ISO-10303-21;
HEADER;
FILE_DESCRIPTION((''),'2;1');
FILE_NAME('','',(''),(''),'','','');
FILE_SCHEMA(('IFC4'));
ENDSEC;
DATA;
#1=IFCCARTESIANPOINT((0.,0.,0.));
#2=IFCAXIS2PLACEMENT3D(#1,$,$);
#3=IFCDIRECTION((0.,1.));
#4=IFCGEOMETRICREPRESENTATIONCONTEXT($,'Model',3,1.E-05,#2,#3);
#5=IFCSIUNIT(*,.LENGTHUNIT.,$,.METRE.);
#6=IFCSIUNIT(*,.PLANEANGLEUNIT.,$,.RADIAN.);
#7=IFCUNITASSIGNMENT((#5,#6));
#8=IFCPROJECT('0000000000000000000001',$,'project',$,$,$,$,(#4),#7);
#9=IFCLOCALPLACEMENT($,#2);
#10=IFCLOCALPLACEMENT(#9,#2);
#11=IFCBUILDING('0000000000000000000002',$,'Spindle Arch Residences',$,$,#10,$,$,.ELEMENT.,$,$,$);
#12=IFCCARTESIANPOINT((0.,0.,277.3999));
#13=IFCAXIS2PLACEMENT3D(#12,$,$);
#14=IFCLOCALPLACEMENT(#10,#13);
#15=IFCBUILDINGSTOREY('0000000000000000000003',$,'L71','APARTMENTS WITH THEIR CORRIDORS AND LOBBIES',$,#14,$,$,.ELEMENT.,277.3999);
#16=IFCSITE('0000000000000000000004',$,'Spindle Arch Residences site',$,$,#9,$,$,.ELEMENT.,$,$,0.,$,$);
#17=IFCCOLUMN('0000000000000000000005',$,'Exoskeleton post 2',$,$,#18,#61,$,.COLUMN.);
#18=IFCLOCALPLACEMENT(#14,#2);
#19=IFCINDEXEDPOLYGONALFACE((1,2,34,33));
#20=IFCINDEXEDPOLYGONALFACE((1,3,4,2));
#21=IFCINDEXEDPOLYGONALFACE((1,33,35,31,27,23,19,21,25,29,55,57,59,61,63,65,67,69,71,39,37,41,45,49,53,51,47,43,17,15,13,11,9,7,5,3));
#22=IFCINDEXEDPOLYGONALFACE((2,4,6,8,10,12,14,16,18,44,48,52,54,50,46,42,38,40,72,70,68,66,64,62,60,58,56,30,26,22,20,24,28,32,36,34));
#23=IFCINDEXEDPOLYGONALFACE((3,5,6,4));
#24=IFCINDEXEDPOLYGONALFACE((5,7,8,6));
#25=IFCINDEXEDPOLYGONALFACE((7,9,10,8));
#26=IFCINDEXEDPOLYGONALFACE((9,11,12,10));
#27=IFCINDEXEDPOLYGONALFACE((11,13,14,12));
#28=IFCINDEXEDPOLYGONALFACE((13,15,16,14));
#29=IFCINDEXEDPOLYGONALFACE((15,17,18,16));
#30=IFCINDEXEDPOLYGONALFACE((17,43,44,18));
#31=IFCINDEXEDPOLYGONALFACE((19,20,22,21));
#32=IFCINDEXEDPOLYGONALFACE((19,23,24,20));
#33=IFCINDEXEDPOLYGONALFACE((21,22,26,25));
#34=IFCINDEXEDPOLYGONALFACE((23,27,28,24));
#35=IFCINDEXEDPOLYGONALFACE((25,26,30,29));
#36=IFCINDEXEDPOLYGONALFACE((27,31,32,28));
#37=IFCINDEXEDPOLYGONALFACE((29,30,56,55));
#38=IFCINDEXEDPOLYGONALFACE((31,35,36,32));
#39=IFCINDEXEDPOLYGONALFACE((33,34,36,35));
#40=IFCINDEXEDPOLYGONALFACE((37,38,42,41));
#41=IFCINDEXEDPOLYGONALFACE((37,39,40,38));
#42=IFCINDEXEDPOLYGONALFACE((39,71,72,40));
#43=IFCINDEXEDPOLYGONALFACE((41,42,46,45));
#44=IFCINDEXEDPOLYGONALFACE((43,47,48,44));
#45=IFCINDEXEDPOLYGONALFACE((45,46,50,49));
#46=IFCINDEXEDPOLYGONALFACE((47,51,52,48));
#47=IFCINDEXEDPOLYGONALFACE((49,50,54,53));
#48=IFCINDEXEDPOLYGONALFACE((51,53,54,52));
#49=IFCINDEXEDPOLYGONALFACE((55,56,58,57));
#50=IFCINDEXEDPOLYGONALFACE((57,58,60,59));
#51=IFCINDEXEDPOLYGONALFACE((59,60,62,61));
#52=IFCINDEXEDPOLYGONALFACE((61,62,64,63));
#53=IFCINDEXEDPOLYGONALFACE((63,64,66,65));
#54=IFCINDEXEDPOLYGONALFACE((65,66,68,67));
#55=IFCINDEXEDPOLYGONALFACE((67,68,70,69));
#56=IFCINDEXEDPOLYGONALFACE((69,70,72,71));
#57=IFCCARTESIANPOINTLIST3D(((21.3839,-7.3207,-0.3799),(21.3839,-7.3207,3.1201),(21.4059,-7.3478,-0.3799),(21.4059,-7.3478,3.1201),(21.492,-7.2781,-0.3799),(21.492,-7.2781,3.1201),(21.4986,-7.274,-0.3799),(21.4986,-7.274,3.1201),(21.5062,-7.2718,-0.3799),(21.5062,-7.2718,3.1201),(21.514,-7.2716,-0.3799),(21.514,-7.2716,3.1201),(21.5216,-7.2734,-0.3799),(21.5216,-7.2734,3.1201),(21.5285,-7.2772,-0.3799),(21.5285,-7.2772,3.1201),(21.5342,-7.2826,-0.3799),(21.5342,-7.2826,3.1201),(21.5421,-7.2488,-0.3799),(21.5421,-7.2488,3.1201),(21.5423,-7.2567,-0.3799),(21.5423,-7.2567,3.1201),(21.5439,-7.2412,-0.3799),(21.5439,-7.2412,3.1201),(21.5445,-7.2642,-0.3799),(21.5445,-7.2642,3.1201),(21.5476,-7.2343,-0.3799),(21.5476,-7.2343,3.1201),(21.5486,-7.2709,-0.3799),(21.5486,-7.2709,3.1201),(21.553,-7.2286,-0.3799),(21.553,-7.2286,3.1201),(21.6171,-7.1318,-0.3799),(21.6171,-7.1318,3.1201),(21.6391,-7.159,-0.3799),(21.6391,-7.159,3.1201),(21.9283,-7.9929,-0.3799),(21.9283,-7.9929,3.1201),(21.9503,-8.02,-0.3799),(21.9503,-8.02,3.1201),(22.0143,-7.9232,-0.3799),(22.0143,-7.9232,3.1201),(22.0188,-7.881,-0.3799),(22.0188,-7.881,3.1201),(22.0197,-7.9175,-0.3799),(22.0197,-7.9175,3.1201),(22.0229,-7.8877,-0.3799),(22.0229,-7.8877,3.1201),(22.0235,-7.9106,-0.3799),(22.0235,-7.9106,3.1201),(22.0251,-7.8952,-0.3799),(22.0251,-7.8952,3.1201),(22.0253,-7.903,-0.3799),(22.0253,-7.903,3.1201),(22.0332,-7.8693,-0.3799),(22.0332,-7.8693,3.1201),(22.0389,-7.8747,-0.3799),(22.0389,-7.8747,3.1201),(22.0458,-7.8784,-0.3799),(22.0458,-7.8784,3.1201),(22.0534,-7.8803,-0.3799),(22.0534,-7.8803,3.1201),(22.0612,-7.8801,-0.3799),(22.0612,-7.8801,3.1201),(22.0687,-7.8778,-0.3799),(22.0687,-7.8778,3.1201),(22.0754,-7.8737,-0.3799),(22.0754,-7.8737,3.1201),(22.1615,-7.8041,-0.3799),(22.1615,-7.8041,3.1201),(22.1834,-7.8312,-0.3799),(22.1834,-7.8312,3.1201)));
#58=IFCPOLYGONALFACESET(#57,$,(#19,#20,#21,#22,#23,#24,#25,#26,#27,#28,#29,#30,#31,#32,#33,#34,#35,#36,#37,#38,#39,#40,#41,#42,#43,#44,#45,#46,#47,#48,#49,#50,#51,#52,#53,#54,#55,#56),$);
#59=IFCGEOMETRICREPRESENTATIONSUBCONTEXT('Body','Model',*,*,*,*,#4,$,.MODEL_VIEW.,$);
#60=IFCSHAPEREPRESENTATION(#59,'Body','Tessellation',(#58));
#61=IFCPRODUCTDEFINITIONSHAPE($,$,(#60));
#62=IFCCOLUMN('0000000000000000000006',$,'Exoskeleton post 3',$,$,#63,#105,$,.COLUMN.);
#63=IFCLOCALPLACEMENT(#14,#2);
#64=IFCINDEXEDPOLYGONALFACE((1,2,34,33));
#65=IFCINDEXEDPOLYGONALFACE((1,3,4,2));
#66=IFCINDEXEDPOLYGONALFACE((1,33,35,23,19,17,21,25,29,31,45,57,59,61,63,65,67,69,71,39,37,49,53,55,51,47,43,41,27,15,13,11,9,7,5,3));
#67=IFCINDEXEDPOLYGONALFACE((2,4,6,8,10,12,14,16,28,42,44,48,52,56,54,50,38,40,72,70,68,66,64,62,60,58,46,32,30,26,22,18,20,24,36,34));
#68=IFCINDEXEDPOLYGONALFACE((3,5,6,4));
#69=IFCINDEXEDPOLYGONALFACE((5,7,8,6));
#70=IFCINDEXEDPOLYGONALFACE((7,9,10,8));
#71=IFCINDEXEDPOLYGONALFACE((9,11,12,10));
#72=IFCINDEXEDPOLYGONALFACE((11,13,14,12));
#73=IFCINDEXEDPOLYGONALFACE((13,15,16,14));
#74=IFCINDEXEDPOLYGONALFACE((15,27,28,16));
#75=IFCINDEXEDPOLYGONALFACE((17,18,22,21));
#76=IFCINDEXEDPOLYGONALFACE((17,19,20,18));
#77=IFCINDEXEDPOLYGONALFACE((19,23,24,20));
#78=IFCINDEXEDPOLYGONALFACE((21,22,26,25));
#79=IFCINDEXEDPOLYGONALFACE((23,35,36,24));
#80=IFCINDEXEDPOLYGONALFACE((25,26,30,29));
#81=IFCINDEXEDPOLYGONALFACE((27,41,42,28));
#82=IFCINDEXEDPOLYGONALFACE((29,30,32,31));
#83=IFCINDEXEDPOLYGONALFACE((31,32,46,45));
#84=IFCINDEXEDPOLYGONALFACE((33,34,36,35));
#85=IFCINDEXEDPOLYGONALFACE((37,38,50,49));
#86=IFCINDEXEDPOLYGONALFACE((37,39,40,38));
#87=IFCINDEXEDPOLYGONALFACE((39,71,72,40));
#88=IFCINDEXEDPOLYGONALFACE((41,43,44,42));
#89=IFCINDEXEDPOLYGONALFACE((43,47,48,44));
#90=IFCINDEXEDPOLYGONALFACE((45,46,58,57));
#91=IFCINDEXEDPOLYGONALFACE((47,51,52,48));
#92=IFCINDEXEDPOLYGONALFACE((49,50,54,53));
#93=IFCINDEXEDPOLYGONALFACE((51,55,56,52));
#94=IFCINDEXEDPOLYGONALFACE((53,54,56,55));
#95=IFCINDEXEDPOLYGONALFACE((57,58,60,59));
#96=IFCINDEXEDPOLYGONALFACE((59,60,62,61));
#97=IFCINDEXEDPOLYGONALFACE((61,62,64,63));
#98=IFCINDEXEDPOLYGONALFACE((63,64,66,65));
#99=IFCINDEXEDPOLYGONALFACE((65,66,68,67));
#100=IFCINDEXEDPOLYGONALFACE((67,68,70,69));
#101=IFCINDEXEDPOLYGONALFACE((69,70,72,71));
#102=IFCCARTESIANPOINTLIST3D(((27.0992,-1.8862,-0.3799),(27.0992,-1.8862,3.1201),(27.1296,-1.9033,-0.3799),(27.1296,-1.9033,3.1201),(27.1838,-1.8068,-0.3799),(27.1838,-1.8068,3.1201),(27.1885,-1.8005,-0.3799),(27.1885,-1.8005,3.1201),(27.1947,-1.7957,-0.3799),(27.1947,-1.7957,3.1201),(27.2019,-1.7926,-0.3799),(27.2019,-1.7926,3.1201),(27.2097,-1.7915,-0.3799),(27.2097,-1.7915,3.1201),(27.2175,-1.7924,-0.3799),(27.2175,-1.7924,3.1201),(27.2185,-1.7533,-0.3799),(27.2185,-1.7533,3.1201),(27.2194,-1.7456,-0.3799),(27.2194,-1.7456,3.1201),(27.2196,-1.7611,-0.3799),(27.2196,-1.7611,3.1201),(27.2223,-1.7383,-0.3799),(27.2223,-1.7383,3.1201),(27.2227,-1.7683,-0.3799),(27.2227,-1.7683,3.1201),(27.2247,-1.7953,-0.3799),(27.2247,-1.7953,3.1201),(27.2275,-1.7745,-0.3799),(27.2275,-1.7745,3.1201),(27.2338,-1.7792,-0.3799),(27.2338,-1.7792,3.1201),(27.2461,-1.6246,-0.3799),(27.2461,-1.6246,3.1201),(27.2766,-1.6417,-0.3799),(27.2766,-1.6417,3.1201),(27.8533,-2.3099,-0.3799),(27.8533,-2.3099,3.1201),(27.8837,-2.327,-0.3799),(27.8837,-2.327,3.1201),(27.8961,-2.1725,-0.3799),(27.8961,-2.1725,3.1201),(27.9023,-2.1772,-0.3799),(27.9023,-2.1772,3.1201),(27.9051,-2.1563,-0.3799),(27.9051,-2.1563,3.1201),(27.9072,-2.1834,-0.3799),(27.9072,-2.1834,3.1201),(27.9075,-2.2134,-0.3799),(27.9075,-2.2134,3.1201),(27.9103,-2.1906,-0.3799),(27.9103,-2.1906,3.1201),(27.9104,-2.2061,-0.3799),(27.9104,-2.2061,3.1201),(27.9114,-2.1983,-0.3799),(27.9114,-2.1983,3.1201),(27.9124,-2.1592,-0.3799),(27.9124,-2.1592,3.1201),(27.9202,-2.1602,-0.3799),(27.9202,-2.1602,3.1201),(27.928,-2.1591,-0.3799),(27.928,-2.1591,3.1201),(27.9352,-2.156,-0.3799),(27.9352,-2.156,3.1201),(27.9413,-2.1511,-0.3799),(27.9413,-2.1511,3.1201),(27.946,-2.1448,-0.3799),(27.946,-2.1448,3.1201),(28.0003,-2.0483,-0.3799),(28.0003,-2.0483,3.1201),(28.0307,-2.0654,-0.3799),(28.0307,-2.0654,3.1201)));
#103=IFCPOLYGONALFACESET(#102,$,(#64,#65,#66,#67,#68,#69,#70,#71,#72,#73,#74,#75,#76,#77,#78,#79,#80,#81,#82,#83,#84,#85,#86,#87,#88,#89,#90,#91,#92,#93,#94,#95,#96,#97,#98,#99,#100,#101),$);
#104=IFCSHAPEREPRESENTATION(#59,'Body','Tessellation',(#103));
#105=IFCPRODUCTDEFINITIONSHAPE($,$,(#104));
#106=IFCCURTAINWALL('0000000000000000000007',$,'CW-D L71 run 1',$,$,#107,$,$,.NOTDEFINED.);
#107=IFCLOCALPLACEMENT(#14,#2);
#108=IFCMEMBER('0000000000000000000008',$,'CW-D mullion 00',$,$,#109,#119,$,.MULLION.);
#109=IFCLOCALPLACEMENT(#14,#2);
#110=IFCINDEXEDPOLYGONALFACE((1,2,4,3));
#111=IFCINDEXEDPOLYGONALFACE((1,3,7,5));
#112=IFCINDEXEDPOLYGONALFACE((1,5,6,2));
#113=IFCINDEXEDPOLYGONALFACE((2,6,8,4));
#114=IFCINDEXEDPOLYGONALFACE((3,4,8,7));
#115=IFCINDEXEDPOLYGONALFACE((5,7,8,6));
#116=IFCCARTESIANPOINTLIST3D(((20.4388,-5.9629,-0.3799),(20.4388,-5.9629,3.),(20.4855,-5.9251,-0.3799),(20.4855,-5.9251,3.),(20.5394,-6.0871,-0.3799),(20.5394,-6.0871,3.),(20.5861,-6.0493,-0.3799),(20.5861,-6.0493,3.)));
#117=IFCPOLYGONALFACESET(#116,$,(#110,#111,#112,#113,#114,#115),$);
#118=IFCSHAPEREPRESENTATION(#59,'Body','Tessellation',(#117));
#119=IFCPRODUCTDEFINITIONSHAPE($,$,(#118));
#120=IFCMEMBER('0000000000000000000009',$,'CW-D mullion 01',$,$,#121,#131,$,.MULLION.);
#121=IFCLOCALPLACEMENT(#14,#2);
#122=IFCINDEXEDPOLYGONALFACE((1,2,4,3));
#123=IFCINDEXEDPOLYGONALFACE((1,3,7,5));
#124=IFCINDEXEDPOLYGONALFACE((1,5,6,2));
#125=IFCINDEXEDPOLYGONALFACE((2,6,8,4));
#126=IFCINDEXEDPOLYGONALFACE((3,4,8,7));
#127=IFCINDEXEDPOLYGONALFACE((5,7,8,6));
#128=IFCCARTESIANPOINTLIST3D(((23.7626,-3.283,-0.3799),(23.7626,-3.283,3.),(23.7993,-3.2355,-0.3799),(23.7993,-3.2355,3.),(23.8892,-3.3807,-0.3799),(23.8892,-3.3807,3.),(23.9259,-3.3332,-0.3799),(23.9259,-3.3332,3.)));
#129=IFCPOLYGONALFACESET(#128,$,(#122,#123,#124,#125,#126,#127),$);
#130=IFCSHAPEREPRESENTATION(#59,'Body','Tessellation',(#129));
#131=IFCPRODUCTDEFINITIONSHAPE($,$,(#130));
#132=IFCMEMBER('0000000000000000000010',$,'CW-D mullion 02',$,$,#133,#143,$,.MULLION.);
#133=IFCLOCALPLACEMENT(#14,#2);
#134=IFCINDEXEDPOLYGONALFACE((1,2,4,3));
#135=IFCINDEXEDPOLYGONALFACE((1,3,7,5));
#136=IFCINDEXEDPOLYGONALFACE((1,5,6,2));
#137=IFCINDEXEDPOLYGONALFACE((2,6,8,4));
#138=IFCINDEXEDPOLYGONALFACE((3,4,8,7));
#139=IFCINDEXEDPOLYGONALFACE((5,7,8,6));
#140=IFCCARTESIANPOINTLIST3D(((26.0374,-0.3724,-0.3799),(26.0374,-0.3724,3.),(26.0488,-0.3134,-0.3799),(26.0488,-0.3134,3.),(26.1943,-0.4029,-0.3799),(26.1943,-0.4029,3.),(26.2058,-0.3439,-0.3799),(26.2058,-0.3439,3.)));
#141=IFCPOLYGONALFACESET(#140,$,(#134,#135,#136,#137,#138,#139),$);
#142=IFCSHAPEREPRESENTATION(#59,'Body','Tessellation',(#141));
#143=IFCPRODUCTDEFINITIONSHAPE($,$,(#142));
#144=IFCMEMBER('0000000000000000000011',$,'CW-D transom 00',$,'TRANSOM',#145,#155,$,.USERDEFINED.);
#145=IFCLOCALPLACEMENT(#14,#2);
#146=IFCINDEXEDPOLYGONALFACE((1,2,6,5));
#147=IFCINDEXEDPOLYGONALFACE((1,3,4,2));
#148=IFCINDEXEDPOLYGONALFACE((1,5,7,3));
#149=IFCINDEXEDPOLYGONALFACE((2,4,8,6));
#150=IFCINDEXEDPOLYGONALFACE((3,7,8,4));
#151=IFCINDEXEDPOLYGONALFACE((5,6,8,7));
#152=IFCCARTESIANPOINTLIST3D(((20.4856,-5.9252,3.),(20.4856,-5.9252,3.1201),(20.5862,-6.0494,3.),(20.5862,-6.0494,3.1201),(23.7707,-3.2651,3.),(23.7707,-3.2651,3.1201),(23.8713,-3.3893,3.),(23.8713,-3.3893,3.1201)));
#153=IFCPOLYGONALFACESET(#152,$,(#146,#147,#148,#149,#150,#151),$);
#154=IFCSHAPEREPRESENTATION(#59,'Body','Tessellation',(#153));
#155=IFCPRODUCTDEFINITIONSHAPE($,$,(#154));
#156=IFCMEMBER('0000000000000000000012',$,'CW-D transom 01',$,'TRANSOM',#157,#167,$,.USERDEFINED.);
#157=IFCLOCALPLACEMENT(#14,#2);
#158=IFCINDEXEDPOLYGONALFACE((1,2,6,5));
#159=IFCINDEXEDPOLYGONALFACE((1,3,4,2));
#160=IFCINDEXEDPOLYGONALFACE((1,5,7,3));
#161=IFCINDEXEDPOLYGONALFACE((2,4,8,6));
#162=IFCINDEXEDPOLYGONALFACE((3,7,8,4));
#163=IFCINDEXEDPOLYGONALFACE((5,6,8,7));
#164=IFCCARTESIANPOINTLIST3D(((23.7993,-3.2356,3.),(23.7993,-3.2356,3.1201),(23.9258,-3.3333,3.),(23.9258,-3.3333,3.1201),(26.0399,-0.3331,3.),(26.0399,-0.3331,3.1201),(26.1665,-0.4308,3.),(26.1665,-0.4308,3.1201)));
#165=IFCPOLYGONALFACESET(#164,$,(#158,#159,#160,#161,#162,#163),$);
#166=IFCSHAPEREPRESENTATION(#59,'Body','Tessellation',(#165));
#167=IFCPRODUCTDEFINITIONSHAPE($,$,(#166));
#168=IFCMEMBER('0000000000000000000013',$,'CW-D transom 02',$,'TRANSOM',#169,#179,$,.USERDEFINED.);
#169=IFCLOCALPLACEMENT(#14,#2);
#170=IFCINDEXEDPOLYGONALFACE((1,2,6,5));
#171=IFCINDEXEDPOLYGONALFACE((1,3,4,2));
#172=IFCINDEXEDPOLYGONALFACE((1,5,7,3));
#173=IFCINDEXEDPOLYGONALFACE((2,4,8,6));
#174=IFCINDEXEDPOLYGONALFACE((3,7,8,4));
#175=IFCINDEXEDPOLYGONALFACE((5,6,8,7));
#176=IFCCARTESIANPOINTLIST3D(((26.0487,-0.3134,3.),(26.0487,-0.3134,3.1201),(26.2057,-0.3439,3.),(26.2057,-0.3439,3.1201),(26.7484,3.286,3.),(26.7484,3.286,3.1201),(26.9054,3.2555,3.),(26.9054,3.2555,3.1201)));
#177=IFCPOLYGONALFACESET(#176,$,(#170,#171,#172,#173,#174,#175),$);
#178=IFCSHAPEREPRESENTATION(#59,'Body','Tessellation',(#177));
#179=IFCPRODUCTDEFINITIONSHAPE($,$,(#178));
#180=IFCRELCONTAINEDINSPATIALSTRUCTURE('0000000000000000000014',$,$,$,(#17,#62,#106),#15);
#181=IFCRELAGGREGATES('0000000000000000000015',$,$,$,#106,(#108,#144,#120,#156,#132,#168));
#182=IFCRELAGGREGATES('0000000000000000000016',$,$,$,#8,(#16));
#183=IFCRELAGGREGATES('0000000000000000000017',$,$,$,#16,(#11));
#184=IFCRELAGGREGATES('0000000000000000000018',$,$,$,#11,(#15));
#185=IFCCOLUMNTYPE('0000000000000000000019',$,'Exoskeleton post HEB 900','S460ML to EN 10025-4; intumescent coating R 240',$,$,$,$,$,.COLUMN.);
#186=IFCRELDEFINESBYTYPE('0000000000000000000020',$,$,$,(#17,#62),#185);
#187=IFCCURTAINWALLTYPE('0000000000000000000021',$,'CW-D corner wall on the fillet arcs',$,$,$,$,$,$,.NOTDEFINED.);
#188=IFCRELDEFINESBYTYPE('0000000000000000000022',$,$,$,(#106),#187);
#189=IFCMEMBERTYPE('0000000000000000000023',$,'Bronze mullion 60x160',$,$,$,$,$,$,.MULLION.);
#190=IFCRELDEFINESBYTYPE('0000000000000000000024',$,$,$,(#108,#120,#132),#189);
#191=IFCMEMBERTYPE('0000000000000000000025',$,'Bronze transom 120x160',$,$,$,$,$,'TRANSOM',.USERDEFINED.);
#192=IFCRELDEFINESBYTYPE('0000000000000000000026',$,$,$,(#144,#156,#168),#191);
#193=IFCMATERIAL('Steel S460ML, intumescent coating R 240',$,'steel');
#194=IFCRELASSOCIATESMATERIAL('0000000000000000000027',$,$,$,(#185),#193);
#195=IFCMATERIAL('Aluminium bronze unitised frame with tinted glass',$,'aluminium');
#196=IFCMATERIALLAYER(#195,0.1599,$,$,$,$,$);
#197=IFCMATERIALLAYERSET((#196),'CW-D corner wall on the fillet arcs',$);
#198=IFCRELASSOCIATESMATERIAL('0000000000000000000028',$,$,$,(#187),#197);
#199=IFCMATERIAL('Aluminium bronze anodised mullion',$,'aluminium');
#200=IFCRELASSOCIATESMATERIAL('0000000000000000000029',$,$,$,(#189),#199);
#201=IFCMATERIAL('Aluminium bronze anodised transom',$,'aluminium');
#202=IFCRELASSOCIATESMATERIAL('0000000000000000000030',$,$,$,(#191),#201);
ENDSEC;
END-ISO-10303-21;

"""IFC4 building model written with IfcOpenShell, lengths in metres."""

from ifc_helpers import new_model, si_unit, direction, frame, origin, origin_2d, place, context, subcontext, project, spatial, rectangle, i_section, extrude, material, layer, layer_set, material_profile, profile_set, type_object, element, aggregate, save


model = new_model("IFC4")

# Units and contexts
model_context = context("Model", 3, precision=1e-05, world=origin(), true_north=direction((0.0, 1.0)))
body_context = subcontext(model_context, "Body", "Model", "MODEL_VIEW")
ifc_project = project(units=[si_unit("LENGTHUNIT", "METRE"), si_unit("PLANEANGLEUNIT", "RADIAN")], contexts=[model_context])

# Site, building, storey
site_placement = place(None, origin())
site = spatial("IfcSite", under=ifc_project, at=site_placement, Name="Spindle Arch Residences site", CompositionType="ELEMENT", RefElevation=0.0)
building_placement = place(site_placement, origin())
building = spatial("IfcBuilding", under=site, at=building_placement, Name="Spindle Arch Residences", CompositionType="ELEMENT")
storey_placement = place(building_placement, frame((0.0, 0.0, 277.3999)))
storey = spatial("IfcBuildingStorey", under=building, at=storey_placement, Name="L71", Description="APARTMENTS WITH THEIR CORRIDORS AND LOBBIES", CompositionType="ELEMENT", Elevation=277.3999)

# Columns
ifc_material_1 = material(Name="Steel S460ML, intumescent coating R 240", Category="steel")
ifc_material_profile_1 = material_profile(ifc_material_1, i_section(OverallWidth=0.3, OverallDepth=0.8999, WebThickness=0.0186, FlangeThickness=0.0349, FilletRadius=0.03, at=origin_2d()), Name="HEB 900")
ifc_profile_set_1 = profile_set([ifc_material_profile_1], Name="Steel S460ML, intumescent coating R 240")
column_type = type_object("IfcColumnType", Name="Exoskeleton post HEB 900", Description="S460ML to EN 10025-4; intumescent coating R 240", PredefinedType="COLUMN", material=ifc_profile_set_1)
for number, where, z_axis, x_axis, name in (
    (1, (21.7837, -7.5759, -0.3799), (0.0, 0.0, 1.0), (-0.777146, -0.62932, 0.0), "Exoskeleton post 2"),
    (2, (27.5649, -1.9758, -0.3799), (0.0, 0.0, 1.0), (-0.489802, -0.871834, 0.0), "Exoskeleton post 3"),
):
    element("IfcColumn", number, at=place(storey_placement, frame(where, z_axis=z_axis, x_axis=x_axis)), inside=storey, type_object=column_type, Name=name, PredefinedType="COLUMN", context=body_context, shape_type="SweptSolid", body=[
        extrude(i_section(OverallWidth=0.3, OverallDepth=0.8999, WebThickness=0.0186, FlangeThickness=0.0349, FilletRadius=0.03, at=origin_2d()), origin(), (0.0, 0.0, 1.0), 3.5),
    ])

# Curtain wall, members
ifc_material_2 = material(Name="Aluminium bronze unitised frame with tinted glass", Category="aluminium")
ifc_layer_1 = layer(ifc_material_2, 0.1599)
ifc_layer_set_1 = layer_set([ifc_layer_1], Name="CW-D corner wall on the fillet arcs")
curtain_wall_type_1 = type_object("IfcCurtainWallType", Name="CW-D corner wall on the fillet arcs", PredefinedType="NOTDEFINED", material=ifc_layer_set_1)
curtain_wall_1_placement = place(storey_placement, origin())
curtain_wall_1 = element("IfcCurtainWall", 3, at=curtain_wall_1_placement, inside=storey, type_object=curtain_wall_type_1, Name="CW-D L71 run 1", PredefinedType="NOTDEFINED")
ifc_material_3 = material(Name="Aluminium bronze anodised mullion", Category="aluminium")
ifc_material_profile_2 = material_profile(ifc_material_3, rectangle(XDim=0.1599, YDim=0.0601, at=origin_2d()), Name="MU 60x160")
ifc_profile_set_2 = profile_set([ifc_material_profile_2], Name="Aluminium bronze anodised mullion")
member_type_1 = type_object("IfcMemberType", Name="Bronze mullion 60x160", PredefinedType="MULLION", material=ifc_profile_set_2)
member_1_placement = place(storey_placement, frame((20.5125, -6.0061, -0.3799), z_axis=(0.0, 0.0, 1.0), x_axis=(-0.62932, 0.777146, 0.0)))
member_1 = element("IfcMember", 4, at=member_1_placement, type_object=member_type_1, Name="CW-D mullion 00", PredefinedType="MULLION", context=body_context, shape_type="SweptSolid", body=[
    extrude(rectangle(XDim=0.1599, YDim=0.0601, at=origin_2d()), origin(), (0.0, 0.0, 1.0), 3.3799),
])
member_2_placement = place(storey_placement, frame((23.8442, -3.3081, -0.3799), z_axis=(0.0, 0.0, 1.0), x_axis=(-0.791579, 0.611067, 0.0)))
member_2 = element("IfcMember", 5, at=member_2_placement, type_object=member_type_1, Name="CW-D mullion 01", PredefinedType="MULLION", context=body_context, shape_type="SweptSolid", body=[
    extrude(rectangle(XDim=0.1599, YDim=0.0601, at=origin_2d()), origin(), (0.0, 0.0, 1.0), 3.3799),
])
member_3_placement = place(storey_placement, frame((26.1216, -0.3582, -0.3799), z_axis=(0.0, 0.0, 1.0), x_axis=(-0.981627, 0.190809, 0.0)))
member_3 = element("IfcMember", 6, at=member_3_placement, type_object=member_type_1, Name="CW-D mullion 02", PredefinedType="MULLION", context=body_context, shape_type="SweptSolid", body=[
    extrude(rectangle(XDim=0.1599, YDim=0.0601, at=origin_2d()), origin(), (0.0, 0.0, 1.0), 3.3799),
])
ifc_material_4 = material(Name="Aluminium bronze anodised transom", Category="aluminium")
ifc_material_profile_3 = material_profile(ifc_material_4, rectangle(XDim=0.1599, YDim=0.1201, at=origin_2d()), Name="TR 120x160")
ifc_profile_set_3 = profile_set([ifc_material_profile_3], Name="Aluminium bronze anodised transom")
member_type_2 = type_object("IfcMemberType", Name="Bronze transom 120x160", ElementType="TRANSOM", PredefinedType="USERDEFINED", material=ifc_profile_set_3)
member_4_placement = place(storey_placement, frame((20.5359, -5.9873, 3.0601), z_axis=(0.777159, 0.629305, 0.0), x_axis=(-0.629305, 0.777159, 0.0)))
member_4 = element("IfcMember", 7, at=member_4_placement, type_object=member_type_2, Name="CW-D transom 00", ObjectType="TRANSOM", PredefinedType="USERDEFINED", context=body_context, shape_type="SweptSolid", body=[
    extrude(rectangle(XDim=0.1599, YDim=0.1201, at=origin_2d()), origin(), (0.0, 0.0, 1.0), 4.2271),
])
member_5_placement = place(storey_placement, frame((23.8625, -3.2844, 3.0601), z_axis=(0.611074, 0.791573, 0.0), x_axis=(-0.791573, 0.611074, 0.0)))
member_5 = element("IfcMember", 8, at=member_5_placement, type_object=member_type_2, Name="CW-D transom 01", ObjectType="TRANSOM", PredefinedType="USERDEFINED", context=body_context, shape_type="SweptSolid", body=[
    extrude(rectangle(XDim=0.1599, YDim=0.1201, at=origin_2d()), origin(), (0.0, 0.0, 1.0), 3.6667),
])
member_6_placement = place(storey_placement, frame((26.1272, -0.3286, 3.0601), z_axis=(0.190825, 0.981624, 0.0), x_axis=(-0.981624, 0.190825, 0.0)))
member_6 = element("IfcMember", 9, at=member_6_placement, type_object=member_type_2, Name="CW-D transom 02", ObjectType="TRANSOM", PredefinedType="USERDEFINED", context=body_context, shape_type="SweptSolid", body=[
    extrude(rectangle(XDim=0.1599, YDim=0.1201, at=origin_2d()), origin(), (0.0, 0.0, 1.0), 3.6667),
])

aggregate(curtain_wall_1, [member_1, member_4, member_2, member_5, member_3, member_6])

save(model, "model.ifc")
